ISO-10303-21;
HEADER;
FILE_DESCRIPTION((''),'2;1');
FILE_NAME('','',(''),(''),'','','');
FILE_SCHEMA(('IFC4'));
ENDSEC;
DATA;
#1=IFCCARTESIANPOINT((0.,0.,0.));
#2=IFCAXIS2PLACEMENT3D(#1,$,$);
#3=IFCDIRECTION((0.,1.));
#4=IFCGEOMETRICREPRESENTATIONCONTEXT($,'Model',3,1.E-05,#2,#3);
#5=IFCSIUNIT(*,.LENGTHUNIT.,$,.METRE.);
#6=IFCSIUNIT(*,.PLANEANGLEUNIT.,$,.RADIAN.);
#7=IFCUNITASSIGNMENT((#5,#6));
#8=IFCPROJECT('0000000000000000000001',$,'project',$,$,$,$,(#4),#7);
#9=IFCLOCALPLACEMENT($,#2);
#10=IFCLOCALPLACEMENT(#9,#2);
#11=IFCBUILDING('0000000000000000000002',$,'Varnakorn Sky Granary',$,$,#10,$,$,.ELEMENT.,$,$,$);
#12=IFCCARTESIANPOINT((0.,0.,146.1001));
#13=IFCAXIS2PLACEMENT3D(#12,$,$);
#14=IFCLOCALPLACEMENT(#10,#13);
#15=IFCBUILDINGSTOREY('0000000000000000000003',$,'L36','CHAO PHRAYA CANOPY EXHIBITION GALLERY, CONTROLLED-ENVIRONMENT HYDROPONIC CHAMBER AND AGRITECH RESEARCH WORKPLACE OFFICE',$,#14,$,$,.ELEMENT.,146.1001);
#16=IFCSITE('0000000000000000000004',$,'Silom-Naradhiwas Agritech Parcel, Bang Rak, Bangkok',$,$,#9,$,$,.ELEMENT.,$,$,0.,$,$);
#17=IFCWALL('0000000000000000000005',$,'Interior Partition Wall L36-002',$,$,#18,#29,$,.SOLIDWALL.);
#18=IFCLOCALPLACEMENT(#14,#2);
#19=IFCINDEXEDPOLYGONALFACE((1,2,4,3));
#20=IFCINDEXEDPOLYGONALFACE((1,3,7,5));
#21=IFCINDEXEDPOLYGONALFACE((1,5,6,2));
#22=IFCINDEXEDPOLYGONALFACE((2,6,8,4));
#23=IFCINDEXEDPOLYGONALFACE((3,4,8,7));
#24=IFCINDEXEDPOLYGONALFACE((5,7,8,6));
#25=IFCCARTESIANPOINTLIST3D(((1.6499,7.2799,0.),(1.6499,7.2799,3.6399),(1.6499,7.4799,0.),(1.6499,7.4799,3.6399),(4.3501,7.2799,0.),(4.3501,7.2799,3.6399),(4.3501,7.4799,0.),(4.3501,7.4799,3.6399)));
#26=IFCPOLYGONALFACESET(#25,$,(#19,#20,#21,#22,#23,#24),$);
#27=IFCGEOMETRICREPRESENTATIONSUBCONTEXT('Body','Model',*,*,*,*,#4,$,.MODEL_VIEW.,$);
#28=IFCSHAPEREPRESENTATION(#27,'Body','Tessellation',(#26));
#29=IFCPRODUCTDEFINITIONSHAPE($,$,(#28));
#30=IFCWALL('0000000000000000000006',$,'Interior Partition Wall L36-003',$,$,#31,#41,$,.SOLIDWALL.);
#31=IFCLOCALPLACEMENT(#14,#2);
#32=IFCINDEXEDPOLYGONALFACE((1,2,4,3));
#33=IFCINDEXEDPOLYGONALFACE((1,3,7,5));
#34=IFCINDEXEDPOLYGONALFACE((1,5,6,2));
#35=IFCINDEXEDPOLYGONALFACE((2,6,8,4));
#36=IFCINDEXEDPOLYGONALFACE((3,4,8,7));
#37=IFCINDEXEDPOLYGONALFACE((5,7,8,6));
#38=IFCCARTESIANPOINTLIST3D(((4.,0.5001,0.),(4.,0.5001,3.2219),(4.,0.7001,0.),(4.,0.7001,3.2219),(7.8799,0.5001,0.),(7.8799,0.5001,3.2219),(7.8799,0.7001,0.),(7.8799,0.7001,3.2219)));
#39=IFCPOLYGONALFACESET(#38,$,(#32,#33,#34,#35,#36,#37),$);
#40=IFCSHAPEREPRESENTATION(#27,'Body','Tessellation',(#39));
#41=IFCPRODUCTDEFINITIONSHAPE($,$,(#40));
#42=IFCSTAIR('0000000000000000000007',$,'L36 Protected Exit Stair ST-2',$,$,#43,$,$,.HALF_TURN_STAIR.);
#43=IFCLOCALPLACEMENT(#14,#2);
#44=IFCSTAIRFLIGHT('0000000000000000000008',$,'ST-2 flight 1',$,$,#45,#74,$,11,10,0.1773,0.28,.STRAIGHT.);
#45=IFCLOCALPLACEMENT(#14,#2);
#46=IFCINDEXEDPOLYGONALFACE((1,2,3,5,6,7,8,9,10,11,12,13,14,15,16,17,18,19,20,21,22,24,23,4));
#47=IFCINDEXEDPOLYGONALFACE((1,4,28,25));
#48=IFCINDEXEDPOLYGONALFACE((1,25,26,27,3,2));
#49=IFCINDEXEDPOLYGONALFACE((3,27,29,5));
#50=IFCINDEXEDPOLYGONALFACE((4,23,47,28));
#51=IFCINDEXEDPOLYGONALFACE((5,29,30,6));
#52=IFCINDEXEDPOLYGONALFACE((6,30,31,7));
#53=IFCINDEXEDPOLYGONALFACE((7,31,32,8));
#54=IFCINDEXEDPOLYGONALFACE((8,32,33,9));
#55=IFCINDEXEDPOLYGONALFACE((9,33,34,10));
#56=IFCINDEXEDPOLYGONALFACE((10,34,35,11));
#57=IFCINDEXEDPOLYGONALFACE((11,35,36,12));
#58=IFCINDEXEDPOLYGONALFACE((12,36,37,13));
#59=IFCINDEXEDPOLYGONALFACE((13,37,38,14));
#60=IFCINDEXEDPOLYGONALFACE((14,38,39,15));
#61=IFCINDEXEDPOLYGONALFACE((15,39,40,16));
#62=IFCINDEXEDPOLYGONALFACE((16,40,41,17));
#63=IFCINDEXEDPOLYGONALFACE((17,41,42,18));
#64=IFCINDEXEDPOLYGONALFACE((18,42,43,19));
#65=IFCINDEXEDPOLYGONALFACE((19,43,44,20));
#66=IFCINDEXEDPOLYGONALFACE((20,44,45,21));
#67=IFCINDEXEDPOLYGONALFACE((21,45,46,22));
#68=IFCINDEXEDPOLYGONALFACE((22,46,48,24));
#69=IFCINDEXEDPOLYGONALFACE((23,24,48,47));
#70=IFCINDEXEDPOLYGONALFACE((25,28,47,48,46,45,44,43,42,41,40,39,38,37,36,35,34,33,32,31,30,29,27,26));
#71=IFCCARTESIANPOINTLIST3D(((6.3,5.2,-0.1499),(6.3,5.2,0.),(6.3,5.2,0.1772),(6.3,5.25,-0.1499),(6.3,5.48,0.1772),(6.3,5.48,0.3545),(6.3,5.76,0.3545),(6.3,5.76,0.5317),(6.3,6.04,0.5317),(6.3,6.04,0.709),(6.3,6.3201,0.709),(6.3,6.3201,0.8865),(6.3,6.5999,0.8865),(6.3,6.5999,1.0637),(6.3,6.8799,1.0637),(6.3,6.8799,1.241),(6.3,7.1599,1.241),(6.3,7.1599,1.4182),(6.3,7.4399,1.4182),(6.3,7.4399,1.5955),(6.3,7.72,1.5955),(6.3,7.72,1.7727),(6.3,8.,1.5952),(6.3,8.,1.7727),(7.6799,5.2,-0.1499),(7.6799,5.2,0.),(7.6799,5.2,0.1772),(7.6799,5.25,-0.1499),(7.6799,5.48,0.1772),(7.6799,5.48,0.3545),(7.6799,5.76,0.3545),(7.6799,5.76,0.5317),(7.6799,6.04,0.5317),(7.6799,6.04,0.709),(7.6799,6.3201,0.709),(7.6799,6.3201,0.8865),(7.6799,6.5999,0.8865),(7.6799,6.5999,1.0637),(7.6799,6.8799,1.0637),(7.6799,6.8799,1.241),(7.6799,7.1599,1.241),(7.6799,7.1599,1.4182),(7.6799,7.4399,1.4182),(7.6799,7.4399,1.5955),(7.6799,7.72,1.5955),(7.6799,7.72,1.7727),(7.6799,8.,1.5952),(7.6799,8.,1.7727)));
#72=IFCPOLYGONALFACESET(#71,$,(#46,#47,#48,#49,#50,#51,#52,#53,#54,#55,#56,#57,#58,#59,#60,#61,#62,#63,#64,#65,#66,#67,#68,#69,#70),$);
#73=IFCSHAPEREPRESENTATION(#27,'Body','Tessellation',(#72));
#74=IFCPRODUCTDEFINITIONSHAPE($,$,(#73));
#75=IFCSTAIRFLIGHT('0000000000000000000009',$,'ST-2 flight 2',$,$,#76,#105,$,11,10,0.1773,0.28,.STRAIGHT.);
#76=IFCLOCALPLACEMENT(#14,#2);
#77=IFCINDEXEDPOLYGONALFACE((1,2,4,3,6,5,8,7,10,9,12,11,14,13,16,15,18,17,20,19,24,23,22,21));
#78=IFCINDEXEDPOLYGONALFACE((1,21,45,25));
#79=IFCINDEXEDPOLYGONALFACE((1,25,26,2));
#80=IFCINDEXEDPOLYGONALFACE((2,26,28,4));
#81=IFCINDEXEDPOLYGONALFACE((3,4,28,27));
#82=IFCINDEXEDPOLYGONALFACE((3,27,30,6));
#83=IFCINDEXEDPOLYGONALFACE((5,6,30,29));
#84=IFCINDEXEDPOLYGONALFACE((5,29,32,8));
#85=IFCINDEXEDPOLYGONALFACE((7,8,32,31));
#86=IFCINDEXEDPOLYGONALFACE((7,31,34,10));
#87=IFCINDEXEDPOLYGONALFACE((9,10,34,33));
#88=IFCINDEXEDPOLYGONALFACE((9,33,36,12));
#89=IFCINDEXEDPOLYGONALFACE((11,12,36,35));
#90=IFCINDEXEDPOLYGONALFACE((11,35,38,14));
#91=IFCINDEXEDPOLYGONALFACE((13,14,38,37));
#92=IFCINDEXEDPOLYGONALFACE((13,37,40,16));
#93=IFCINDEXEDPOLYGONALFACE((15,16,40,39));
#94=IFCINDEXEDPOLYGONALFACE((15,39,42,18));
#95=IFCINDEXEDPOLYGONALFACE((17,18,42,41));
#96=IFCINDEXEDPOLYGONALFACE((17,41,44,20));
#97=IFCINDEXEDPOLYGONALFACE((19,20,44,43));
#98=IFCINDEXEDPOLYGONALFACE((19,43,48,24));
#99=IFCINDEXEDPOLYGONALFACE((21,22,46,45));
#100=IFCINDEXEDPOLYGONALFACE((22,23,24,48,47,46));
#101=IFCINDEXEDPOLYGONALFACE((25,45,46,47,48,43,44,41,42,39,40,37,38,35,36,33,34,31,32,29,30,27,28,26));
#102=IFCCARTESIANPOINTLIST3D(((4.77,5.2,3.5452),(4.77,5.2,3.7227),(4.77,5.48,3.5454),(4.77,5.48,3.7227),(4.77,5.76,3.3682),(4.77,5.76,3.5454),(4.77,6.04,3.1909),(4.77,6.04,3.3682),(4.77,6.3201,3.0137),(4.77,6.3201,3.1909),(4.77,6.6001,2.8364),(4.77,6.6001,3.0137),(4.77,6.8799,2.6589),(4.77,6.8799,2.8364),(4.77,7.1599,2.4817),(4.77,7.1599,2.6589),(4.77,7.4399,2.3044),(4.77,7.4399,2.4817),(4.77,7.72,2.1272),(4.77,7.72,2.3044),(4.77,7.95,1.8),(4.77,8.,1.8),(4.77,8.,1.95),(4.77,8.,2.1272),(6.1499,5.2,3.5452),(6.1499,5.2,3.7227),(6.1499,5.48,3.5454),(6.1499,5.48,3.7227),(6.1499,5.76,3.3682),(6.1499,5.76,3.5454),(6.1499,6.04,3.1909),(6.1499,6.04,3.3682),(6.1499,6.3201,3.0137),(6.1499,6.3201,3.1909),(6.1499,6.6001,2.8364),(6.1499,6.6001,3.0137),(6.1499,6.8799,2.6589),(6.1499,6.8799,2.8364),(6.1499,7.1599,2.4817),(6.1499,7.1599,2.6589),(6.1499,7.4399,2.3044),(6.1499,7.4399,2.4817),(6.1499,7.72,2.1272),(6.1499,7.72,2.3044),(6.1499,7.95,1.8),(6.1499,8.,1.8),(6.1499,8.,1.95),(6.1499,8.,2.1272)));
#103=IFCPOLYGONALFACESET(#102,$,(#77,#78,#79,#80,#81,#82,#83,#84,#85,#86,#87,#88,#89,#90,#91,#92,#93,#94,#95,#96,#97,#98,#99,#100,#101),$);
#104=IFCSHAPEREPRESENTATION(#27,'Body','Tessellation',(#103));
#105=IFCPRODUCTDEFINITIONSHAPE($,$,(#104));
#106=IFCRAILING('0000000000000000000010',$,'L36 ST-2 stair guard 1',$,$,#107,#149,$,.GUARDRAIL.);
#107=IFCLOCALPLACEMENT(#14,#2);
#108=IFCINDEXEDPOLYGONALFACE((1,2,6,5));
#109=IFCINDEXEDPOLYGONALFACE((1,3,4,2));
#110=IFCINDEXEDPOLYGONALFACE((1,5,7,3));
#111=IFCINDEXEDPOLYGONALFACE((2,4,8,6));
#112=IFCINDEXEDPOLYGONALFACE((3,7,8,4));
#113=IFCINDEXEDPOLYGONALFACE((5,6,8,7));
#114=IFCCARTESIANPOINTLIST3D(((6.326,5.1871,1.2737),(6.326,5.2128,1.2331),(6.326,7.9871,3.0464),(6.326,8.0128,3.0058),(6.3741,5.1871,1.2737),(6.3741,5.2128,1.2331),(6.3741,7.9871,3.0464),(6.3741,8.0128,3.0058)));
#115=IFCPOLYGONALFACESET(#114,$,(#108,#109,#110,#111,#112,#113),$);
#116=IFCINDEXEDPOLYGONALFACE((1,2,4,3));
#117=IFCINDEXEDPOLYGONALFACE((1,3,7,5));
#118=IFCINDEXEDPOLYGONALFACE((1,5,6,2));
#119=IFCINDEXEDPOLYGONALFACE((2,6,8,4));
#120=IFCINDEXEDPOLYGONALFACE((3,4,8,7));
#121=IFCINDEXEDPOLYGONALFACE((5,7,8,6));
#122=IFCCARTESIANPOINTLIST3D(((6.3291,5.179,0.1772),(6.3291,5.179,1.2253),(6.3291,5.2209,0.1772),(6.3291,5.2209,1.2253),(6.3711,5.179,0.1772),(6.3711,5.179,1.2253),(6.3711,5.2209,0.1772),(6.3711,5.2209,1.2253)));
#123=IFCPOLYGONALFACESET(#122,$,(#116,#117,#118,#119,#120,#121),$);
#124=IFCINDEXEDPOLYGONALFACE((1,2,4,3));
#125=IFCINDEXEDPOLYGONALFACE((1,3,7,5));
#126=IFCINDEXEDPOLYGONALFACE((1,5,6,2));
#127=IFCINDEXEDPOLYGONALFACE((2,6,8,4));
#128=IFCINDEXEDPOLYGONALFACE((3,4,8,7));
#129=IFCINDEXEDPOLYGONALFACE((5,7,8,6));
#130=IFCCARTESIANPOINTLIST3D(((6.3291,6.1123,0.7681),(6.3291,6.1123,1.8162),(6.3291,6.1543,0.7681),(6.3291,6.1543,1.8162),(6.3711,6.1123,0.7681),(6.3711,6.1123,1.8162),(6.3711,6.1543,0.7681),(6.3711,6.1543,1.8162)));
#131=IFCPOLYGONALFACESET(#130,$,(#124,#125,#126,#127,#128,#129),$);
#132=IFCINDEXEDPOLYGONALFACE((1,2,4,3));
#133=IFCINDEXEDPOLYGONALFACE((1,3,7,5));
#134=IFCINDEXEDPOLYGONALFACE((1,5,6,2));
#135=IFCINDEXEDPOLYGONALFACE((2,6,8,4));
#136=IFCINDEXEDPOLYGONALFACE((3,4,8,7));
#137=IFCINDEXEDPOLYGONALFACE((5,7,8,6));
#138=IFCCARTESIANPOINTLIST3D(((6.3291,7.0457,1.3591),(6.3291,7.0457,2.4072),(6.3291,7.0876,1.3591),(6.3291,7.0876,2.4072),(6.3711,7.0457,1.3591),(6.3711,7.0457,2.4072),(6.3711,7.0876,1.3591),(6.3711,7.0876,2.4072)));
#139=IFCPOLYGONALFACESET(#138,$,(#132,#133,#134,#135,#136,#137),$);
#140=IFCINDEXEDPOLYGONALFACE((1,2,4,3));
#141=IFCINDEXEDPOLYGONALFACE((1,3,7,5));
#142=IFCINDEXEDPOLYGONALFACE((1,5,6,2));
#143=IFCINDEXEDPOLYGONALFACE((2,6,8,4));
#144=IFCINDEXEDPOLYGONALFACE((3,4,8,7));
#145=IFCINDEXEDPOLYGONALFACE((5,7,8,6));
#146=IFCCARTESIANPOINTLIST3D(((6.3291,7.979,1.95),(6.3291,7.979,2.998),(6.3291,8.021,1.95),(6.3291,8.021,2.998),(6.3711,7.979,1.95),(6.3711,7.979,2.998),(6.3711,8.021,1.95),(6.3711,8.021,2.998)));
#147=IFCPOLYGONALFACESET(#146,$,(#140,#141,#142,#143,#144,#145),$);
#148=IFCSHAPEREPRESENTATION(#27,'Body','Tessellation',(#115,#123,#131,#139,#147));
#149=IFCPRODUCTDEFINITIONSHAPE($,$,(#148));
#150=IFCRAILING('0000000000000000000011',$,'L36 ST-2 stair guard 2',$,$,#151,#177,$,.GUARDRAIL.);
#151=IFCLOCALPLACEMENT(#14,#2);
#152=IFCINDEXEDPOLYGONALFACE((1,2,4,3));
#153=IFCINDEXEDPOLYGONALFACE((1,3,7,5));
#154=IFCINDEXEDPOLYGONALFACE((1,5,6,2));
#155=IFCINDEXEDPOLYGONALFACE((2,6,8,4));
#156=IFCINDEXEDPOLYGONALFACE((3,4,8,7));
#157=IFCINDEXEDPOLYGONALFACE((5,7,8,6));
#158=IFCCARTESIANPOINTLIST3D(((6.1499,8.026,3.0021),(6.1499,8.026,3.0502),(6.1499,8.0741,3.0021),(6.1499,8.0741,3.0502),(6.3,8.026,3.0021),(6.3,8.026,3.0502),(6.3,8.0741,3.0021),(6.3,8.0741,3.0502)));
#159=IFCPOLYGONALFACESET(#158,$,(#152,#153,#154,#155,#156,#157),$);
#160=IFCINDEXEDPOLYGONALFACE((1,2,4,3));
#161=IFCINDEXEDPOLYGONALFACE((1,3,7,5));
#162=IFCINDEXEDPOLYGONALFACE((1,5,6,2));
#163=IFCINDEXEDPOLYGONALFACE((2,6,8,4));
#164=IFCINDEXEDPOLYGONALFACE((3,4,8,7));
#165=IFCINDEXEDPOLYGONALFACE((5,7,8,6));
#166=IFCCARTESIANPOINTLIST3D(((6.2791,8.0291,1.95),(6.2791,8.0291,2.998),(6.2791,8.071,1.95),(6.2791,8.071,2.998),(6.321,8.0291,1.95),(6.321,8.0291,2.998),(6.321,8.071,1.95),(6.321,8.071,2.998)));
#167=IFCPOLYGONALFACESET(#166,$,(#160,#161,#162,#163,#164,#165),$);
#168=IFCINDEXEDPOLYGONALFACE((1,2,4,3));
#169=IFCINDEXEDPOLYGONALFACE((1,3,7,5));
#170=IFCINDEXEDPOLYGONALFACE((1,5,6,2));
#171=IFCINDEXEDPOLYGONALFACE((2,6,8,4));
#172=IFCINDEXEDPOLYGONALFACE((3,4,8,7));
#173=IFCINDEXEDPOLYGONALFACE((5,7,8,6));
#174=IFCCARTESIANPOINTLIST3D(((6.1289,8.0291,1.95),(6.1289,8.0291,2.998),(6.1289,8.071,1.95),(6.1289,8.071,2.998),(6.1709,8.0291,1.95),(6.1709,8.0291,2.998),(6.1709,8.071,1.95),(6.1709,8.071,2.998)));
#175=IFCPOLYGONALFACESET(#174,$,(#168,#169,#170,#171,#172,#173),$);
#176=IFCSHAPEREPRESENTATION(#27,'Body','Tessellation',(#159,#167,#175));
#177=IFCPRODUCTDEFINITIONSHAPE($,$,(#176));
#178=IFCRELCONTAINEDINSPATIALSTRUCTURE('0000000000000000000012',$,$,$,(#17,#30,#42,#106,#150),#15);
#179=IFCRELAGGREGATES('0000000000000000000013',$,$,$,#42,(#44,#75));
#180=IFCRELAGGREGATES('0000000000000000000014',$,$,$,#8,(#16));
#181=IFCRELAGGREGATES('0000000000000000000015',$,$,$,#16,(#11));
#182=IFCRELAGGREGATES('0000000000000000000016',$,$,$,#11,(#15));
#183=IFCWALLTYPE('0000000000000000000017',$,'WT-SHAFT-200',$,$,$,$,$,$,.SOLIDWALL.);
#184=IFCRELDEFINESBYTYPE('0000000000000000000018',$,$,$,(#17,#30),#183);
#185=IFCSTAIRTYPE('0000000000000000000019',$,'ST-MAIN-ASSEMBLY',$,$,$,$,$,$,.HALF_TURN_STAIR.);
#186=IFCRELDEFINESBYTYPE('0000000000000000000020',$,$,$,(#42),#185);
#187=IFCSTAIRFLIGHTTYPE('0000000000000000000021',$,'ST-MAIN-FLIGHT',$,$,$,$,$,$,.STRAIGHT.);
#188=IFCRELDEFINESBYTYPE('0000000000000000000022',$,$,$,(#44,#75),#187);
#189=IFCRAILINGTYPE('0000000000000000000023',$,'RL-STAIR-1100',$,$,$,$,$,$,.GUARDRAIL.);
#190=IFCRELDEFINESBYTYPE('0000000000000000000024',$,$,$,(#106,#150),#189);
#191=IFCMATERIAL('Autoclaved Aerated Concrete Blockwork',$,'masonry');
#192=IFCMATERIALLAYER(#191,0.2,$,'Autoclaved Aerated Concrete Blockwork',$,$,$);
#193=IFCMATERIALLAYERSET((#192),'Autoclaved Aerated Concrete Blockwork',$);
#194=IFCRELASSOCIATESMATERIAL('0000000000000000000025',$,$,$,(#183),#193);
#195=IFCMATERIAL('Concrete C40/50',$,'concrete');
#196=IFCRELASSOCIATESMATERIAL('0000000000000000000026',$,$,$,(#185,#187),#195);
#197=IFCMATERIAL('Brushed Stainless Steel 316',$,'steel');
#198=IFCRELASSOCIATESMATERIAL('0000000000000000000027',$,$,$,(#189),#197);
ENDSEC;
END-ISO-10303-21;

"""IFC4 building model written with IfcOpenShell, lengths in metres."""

from ifc_helpers import new_model, si_unit, direction, frame, frame_2d, origin, origin_2d, place, context, subcontext, project, spatial, polyline, rectangle, outline, extrude, material, layer, layer_set, type_object, element, aggregate, save


model = new_model("IFC4")

# Units and contexts
model_context = context("Model", 3, precision=1e-05, world=origin(), true_north=direction((0.0, 1.0)))
body_context = subcontext(model_context, "Body", "Model", "MODEL_VIEW")
ifc_project = project(units=[si_unit("LENGTHUNIT", "METRE"), si_unit("PLANEANGLEUNIT", "RADIAN")], contexts=[model_context])

# Site, building, storey
site_placement = place(None, origin())
site = spatial("IfcSite", under=ifc_project, at=site_placement, Name="Silom-Naradhiwas Agritech Parcel, Bang Rak, Bangkok", CompositionType="ELEMENT", RefElevation=0.0)
building_placement = place(site_placement, origin())
building = spatial("IfcBuilding", under=site, at=building_placement, Name="Varnakorn Sky Granary", CompositionType="ELEMENT")
storey_placement = place(building_placement, frame((0.0, 0.0, 146.1001)))
storey = spatial("IfcBuildingStorey", under=building, at=storey_placement, Name="L36", Description="CHAO PHRAYA CANOPY EXHIBITION GALLERY, CONTROLLED-ENVIRONMENT HYDROPONIC CHAMBER AND AGRITECH RESEARCH WORKPLACE OFFICE", CompositionType="ELEMENT", Elevation=146.1001)

# Shared definitions
ifc_material_1 = material(Name="Autoclaved Aerated Concrete Blockwork", Category="masonry")

# Walls
ifc_layer_1 = layer(ifc_material_1, 0.2, Name="Autoclaved Aerated Concrete Blockwork")
ifc_layer_set_1 = layer_set([ifc_layer_1], Name="Autoclaved Aerated Concrete Blockwork")
wall_type_1 = type_object("IfcWallType", Name="WT-SHAFT-200", PredefinedType="SOLIDWALL", material=ifc_layer_set_1)
wall_1_placement = place(storey_placement, frame((1.6499, 7.3799, 0.0), z_axis=(0.0, 0.0, 1.0), x_axis=(1.0, 0.0, 0.0)))
element("IfcWall", 1, at=wall_1_placement, inside=storey, type_object=wall_type_1, Name="Interior Partition Wall L36-002", PredefinedType="SOLIDWALL", context=body_context, shape_type="SweptSolid", body=[
    extrude(rectangle(XDim=2.7002, YDim=0.2, at=frame_2d((1.3501, 0.0))), origin(), (0.0, 0.0, 1.0), 3.6399),
])
wall_2_placement = place(storey_placement, frame((4.0, 0.6001, 0.0), z_axis=(0.0, 0.0, 1.0), x_axis=(1.0, 0.0, 0.0)))
element("IfcWall", 2, at=wall_2_placement, inside=storey, type_object=wall_type_1, Name="Interior Partition Wall L36-003", PredefinedType="SOLIDWALL", context=body_context, shape_type="SweptSolid", body=[
    extrude(rectangle(XDim=3.8799, YDim=0.2, at=frame_2d((1.9399, 0.0))), origin(), (0.0, 0.0, 1.0), 3.2219),
])

# Stair, stair flights
ifc_material_2 = material(Name="Concrete C40/50", Category="concrete")
stair_type = type_object("IfcStairType", Name="ST-MAIN-ASSEMBLY", PredefinedType="HALF_TURN_STAIR", material=ifc_material_2)
stair_placement = place(storey_placement, origin())
stair = element("IfcStair", 3, at=stair_placement, inside=storey, type_object=stair_type, Name="L36 Protected Exit Stair ST-2", PredefinedType="HALF_TURN_STAIR")
stair_flight_type = type_object("IfcStairFlightType", Name="ST-MAIN-FLIGHT", PredefinedType="STRAIGHT", material=ifc_material_2)
stair_flight_1_placement = place(storey_placement, frame((6.99, 5.2, 0.0), z_axis=(0.0, 0.0, 1.0), x_axis=(0.0, 1.0, 0.0)))
stair_flight_1 = element("IfcStairFlight", 4, at=stair_flight_1_placement, type_object=stair_flight_type, Name="ST-2 flight 1", NumberOfRisers=11, NumberOfTreads=10, PredefinedType="STRAIGHT", RiserHeight=0.1773, TreadLength=0.28, context=body_context, shape_type="SweptSolid", body=[
    extrude(outline(polyline([(0.0, -0.1499), (0.0, 0.0), (0.0, 0.1772), (0.28, 0.1772), (0.28, 0.3545), (0.5601, 0.3545), (0.5601, 0.5317), (0.8401, 0.5317), (0.8401, 0.709), (1.1201, 0.709), (1.1201, 0.8865), (1.3999, 0.8865), (1.3999, 1.0637), (1.6799, 1.0637), (1.6799, 1.241), (1.96, 1.241), (1.96, 1.4182), (2.24, 1.4182), (2.24, 1.5955), (2.52, 1.5955), (2.52, 1.7727), (2.8, 1.7727), (2.8, 1.95), (2.8, 1.5952), (0.05, -0.1499), (0.0, -0.1499)])), frame((0.0, 0.6899, 0.0), z_axis=(0.0, -1.0, 0.0), x_axis=(1.0, 0.0, 0.0)), (0.0, 0.0, 1.0), 1.3799),
])
stair_flight_2_placement = place(storey_placement, frame((5.46, 8.0, 1.95), z_axis=(0.0, 0.0, 1.0), x_axis=(0.0, -1.0, 0.0)))
stair_flight_2 = element("IfcStairFlight", 5, at=stair_flight_2_placement, type_object=stair_flight_type, Name="ST-2 flight 2", NumberOfRisers=11, NumberOfTreads=10, PredefinedType="STRAIGHT", RiserHeight=0.1773, TreadLength=0.28, context=body_context, shape_type="SweptSolid", body=[
    extrude(outline(polyline([(0.0, -0.1499), (0.0, 0.0), (0.0, 0.1772), (0.28, 0.1772), (0.28, 0.3545), (0.5601, 0.3545), (0.5601, 0.5317), (0.8401, 0.5317), (0.8401, 0.709), (1.1201, 0.709), (1.1201, 0.8865), (1.3999, 0.8865), (1.3999, 1.0637), (1.6799, 1.0637), (1.6799, 1.241), (1.96, 1.241), (1.96, 1.4182), (2.24, 1.4182), (2.24, 1.5955), (2.52, 1.5955), (2.52, 1.7727), (2.8, 1.7727), (2.8, 1.95), (2.8, 1.5952), (0.05, -0.1499), (0.0, -0.1499)])), frame((0.0, 0.6899, 0.0), z_axis=(0.0, -1.0, 0.0), x_axis=(1.0, 0.0, 0.0)), (0.0, 0.0, 1.0), 1.3799),
])
aggregate(stair, [stair_flight_1, stair_flight_2])

# Railings
ifc_material_3 = material(Name="Brushed Stainless Steel 316", Category="steel")
railing_type_1 = type_object("IfcRailingType", Name="RL-STAIR-1100", PredefinedType="GUARDRAIL", material=ifc_material_3)
railing_1_placement = place(storey_placement, frame((6.3501, 5.2, 0.1772)))
element("IfcRailing", 6, at=railing_1_placement, inside=storey, type_object=railing_type_1, Name="L36 ST-2 stair guard 1", PredefinedType="GUARDRAIL", context=body_context, shape_type="SweptSolid", body=[
    extrude(rectangle(XDim=0.0481, YDim=0.0481, at=origin_2d()), frame((0.0, 0.0, 1.0762), z_axis=(0.0, 0.844909, 0.53491), x_axis=(-1.0, 0.0, 0.0)), (0.0, 0.0, 1.0), 3.314),
    extrude(rectangle(XDim=0.042, YDim=0.042, at=origin_2d()), origin(), (0.0, 0.0, 1.0), 1.0481),
    extrude(rectangle(XDim=0.042, YDim=0.042, at=origin_2d()), frame((0.0, 0.9333, 0.5908)), (0.0, 0.0, 1.0), 1.0481),
    extrude(rectangle(XDim=0.042, YDim=0.042, at=origin_2d()), frame((0.0, 1.8667, 1.1819)), (0.0, 0.0, 1.0), 1.0481),
    extrude(rectangle(XDim=0.042, YDim=0.042, at=origin_2d()), frame((0.0, 2.8, 1.7727)), (0.0, 0.0, 1.0), 1.0481),
])
railing_2_placement = place(storey_placement, frame((6.3, 8.05, 1.95)))
element("IfcRailing", 7, at=railing_2_placement, inside=storey, type_object=railing_type_1, Name="L36 ST-2 stair guard 2", PredefinedType="GUARDRAIL", context=body_context, shape_type="SweptSolid", body=[
    extrude(rectangle(XDim=0.0481, YDim=0.0481, at=origin_2d()), frame((0.0, 0.0, 1.0762), z_axis=(-1.0, 0.0, 0.0), x_axis=(0.0, -1.0, 0.0)), (0.0, 0.0, 1.0), 0.1501),
    extrude(rectangle(XDim=0.042, YDim=0.042, at=origin_2d()), origin(), (0.0, 0.0, 1.0), 1.0481),
    extrude(rectangle(XDim=0.042, YDim=0.042, at=origin_2d()), frame((-0.1501, 0.0, 0.0)), (0.0, 0.0, 1.0), 1.0481),
])

save(model, "model.ifc")
